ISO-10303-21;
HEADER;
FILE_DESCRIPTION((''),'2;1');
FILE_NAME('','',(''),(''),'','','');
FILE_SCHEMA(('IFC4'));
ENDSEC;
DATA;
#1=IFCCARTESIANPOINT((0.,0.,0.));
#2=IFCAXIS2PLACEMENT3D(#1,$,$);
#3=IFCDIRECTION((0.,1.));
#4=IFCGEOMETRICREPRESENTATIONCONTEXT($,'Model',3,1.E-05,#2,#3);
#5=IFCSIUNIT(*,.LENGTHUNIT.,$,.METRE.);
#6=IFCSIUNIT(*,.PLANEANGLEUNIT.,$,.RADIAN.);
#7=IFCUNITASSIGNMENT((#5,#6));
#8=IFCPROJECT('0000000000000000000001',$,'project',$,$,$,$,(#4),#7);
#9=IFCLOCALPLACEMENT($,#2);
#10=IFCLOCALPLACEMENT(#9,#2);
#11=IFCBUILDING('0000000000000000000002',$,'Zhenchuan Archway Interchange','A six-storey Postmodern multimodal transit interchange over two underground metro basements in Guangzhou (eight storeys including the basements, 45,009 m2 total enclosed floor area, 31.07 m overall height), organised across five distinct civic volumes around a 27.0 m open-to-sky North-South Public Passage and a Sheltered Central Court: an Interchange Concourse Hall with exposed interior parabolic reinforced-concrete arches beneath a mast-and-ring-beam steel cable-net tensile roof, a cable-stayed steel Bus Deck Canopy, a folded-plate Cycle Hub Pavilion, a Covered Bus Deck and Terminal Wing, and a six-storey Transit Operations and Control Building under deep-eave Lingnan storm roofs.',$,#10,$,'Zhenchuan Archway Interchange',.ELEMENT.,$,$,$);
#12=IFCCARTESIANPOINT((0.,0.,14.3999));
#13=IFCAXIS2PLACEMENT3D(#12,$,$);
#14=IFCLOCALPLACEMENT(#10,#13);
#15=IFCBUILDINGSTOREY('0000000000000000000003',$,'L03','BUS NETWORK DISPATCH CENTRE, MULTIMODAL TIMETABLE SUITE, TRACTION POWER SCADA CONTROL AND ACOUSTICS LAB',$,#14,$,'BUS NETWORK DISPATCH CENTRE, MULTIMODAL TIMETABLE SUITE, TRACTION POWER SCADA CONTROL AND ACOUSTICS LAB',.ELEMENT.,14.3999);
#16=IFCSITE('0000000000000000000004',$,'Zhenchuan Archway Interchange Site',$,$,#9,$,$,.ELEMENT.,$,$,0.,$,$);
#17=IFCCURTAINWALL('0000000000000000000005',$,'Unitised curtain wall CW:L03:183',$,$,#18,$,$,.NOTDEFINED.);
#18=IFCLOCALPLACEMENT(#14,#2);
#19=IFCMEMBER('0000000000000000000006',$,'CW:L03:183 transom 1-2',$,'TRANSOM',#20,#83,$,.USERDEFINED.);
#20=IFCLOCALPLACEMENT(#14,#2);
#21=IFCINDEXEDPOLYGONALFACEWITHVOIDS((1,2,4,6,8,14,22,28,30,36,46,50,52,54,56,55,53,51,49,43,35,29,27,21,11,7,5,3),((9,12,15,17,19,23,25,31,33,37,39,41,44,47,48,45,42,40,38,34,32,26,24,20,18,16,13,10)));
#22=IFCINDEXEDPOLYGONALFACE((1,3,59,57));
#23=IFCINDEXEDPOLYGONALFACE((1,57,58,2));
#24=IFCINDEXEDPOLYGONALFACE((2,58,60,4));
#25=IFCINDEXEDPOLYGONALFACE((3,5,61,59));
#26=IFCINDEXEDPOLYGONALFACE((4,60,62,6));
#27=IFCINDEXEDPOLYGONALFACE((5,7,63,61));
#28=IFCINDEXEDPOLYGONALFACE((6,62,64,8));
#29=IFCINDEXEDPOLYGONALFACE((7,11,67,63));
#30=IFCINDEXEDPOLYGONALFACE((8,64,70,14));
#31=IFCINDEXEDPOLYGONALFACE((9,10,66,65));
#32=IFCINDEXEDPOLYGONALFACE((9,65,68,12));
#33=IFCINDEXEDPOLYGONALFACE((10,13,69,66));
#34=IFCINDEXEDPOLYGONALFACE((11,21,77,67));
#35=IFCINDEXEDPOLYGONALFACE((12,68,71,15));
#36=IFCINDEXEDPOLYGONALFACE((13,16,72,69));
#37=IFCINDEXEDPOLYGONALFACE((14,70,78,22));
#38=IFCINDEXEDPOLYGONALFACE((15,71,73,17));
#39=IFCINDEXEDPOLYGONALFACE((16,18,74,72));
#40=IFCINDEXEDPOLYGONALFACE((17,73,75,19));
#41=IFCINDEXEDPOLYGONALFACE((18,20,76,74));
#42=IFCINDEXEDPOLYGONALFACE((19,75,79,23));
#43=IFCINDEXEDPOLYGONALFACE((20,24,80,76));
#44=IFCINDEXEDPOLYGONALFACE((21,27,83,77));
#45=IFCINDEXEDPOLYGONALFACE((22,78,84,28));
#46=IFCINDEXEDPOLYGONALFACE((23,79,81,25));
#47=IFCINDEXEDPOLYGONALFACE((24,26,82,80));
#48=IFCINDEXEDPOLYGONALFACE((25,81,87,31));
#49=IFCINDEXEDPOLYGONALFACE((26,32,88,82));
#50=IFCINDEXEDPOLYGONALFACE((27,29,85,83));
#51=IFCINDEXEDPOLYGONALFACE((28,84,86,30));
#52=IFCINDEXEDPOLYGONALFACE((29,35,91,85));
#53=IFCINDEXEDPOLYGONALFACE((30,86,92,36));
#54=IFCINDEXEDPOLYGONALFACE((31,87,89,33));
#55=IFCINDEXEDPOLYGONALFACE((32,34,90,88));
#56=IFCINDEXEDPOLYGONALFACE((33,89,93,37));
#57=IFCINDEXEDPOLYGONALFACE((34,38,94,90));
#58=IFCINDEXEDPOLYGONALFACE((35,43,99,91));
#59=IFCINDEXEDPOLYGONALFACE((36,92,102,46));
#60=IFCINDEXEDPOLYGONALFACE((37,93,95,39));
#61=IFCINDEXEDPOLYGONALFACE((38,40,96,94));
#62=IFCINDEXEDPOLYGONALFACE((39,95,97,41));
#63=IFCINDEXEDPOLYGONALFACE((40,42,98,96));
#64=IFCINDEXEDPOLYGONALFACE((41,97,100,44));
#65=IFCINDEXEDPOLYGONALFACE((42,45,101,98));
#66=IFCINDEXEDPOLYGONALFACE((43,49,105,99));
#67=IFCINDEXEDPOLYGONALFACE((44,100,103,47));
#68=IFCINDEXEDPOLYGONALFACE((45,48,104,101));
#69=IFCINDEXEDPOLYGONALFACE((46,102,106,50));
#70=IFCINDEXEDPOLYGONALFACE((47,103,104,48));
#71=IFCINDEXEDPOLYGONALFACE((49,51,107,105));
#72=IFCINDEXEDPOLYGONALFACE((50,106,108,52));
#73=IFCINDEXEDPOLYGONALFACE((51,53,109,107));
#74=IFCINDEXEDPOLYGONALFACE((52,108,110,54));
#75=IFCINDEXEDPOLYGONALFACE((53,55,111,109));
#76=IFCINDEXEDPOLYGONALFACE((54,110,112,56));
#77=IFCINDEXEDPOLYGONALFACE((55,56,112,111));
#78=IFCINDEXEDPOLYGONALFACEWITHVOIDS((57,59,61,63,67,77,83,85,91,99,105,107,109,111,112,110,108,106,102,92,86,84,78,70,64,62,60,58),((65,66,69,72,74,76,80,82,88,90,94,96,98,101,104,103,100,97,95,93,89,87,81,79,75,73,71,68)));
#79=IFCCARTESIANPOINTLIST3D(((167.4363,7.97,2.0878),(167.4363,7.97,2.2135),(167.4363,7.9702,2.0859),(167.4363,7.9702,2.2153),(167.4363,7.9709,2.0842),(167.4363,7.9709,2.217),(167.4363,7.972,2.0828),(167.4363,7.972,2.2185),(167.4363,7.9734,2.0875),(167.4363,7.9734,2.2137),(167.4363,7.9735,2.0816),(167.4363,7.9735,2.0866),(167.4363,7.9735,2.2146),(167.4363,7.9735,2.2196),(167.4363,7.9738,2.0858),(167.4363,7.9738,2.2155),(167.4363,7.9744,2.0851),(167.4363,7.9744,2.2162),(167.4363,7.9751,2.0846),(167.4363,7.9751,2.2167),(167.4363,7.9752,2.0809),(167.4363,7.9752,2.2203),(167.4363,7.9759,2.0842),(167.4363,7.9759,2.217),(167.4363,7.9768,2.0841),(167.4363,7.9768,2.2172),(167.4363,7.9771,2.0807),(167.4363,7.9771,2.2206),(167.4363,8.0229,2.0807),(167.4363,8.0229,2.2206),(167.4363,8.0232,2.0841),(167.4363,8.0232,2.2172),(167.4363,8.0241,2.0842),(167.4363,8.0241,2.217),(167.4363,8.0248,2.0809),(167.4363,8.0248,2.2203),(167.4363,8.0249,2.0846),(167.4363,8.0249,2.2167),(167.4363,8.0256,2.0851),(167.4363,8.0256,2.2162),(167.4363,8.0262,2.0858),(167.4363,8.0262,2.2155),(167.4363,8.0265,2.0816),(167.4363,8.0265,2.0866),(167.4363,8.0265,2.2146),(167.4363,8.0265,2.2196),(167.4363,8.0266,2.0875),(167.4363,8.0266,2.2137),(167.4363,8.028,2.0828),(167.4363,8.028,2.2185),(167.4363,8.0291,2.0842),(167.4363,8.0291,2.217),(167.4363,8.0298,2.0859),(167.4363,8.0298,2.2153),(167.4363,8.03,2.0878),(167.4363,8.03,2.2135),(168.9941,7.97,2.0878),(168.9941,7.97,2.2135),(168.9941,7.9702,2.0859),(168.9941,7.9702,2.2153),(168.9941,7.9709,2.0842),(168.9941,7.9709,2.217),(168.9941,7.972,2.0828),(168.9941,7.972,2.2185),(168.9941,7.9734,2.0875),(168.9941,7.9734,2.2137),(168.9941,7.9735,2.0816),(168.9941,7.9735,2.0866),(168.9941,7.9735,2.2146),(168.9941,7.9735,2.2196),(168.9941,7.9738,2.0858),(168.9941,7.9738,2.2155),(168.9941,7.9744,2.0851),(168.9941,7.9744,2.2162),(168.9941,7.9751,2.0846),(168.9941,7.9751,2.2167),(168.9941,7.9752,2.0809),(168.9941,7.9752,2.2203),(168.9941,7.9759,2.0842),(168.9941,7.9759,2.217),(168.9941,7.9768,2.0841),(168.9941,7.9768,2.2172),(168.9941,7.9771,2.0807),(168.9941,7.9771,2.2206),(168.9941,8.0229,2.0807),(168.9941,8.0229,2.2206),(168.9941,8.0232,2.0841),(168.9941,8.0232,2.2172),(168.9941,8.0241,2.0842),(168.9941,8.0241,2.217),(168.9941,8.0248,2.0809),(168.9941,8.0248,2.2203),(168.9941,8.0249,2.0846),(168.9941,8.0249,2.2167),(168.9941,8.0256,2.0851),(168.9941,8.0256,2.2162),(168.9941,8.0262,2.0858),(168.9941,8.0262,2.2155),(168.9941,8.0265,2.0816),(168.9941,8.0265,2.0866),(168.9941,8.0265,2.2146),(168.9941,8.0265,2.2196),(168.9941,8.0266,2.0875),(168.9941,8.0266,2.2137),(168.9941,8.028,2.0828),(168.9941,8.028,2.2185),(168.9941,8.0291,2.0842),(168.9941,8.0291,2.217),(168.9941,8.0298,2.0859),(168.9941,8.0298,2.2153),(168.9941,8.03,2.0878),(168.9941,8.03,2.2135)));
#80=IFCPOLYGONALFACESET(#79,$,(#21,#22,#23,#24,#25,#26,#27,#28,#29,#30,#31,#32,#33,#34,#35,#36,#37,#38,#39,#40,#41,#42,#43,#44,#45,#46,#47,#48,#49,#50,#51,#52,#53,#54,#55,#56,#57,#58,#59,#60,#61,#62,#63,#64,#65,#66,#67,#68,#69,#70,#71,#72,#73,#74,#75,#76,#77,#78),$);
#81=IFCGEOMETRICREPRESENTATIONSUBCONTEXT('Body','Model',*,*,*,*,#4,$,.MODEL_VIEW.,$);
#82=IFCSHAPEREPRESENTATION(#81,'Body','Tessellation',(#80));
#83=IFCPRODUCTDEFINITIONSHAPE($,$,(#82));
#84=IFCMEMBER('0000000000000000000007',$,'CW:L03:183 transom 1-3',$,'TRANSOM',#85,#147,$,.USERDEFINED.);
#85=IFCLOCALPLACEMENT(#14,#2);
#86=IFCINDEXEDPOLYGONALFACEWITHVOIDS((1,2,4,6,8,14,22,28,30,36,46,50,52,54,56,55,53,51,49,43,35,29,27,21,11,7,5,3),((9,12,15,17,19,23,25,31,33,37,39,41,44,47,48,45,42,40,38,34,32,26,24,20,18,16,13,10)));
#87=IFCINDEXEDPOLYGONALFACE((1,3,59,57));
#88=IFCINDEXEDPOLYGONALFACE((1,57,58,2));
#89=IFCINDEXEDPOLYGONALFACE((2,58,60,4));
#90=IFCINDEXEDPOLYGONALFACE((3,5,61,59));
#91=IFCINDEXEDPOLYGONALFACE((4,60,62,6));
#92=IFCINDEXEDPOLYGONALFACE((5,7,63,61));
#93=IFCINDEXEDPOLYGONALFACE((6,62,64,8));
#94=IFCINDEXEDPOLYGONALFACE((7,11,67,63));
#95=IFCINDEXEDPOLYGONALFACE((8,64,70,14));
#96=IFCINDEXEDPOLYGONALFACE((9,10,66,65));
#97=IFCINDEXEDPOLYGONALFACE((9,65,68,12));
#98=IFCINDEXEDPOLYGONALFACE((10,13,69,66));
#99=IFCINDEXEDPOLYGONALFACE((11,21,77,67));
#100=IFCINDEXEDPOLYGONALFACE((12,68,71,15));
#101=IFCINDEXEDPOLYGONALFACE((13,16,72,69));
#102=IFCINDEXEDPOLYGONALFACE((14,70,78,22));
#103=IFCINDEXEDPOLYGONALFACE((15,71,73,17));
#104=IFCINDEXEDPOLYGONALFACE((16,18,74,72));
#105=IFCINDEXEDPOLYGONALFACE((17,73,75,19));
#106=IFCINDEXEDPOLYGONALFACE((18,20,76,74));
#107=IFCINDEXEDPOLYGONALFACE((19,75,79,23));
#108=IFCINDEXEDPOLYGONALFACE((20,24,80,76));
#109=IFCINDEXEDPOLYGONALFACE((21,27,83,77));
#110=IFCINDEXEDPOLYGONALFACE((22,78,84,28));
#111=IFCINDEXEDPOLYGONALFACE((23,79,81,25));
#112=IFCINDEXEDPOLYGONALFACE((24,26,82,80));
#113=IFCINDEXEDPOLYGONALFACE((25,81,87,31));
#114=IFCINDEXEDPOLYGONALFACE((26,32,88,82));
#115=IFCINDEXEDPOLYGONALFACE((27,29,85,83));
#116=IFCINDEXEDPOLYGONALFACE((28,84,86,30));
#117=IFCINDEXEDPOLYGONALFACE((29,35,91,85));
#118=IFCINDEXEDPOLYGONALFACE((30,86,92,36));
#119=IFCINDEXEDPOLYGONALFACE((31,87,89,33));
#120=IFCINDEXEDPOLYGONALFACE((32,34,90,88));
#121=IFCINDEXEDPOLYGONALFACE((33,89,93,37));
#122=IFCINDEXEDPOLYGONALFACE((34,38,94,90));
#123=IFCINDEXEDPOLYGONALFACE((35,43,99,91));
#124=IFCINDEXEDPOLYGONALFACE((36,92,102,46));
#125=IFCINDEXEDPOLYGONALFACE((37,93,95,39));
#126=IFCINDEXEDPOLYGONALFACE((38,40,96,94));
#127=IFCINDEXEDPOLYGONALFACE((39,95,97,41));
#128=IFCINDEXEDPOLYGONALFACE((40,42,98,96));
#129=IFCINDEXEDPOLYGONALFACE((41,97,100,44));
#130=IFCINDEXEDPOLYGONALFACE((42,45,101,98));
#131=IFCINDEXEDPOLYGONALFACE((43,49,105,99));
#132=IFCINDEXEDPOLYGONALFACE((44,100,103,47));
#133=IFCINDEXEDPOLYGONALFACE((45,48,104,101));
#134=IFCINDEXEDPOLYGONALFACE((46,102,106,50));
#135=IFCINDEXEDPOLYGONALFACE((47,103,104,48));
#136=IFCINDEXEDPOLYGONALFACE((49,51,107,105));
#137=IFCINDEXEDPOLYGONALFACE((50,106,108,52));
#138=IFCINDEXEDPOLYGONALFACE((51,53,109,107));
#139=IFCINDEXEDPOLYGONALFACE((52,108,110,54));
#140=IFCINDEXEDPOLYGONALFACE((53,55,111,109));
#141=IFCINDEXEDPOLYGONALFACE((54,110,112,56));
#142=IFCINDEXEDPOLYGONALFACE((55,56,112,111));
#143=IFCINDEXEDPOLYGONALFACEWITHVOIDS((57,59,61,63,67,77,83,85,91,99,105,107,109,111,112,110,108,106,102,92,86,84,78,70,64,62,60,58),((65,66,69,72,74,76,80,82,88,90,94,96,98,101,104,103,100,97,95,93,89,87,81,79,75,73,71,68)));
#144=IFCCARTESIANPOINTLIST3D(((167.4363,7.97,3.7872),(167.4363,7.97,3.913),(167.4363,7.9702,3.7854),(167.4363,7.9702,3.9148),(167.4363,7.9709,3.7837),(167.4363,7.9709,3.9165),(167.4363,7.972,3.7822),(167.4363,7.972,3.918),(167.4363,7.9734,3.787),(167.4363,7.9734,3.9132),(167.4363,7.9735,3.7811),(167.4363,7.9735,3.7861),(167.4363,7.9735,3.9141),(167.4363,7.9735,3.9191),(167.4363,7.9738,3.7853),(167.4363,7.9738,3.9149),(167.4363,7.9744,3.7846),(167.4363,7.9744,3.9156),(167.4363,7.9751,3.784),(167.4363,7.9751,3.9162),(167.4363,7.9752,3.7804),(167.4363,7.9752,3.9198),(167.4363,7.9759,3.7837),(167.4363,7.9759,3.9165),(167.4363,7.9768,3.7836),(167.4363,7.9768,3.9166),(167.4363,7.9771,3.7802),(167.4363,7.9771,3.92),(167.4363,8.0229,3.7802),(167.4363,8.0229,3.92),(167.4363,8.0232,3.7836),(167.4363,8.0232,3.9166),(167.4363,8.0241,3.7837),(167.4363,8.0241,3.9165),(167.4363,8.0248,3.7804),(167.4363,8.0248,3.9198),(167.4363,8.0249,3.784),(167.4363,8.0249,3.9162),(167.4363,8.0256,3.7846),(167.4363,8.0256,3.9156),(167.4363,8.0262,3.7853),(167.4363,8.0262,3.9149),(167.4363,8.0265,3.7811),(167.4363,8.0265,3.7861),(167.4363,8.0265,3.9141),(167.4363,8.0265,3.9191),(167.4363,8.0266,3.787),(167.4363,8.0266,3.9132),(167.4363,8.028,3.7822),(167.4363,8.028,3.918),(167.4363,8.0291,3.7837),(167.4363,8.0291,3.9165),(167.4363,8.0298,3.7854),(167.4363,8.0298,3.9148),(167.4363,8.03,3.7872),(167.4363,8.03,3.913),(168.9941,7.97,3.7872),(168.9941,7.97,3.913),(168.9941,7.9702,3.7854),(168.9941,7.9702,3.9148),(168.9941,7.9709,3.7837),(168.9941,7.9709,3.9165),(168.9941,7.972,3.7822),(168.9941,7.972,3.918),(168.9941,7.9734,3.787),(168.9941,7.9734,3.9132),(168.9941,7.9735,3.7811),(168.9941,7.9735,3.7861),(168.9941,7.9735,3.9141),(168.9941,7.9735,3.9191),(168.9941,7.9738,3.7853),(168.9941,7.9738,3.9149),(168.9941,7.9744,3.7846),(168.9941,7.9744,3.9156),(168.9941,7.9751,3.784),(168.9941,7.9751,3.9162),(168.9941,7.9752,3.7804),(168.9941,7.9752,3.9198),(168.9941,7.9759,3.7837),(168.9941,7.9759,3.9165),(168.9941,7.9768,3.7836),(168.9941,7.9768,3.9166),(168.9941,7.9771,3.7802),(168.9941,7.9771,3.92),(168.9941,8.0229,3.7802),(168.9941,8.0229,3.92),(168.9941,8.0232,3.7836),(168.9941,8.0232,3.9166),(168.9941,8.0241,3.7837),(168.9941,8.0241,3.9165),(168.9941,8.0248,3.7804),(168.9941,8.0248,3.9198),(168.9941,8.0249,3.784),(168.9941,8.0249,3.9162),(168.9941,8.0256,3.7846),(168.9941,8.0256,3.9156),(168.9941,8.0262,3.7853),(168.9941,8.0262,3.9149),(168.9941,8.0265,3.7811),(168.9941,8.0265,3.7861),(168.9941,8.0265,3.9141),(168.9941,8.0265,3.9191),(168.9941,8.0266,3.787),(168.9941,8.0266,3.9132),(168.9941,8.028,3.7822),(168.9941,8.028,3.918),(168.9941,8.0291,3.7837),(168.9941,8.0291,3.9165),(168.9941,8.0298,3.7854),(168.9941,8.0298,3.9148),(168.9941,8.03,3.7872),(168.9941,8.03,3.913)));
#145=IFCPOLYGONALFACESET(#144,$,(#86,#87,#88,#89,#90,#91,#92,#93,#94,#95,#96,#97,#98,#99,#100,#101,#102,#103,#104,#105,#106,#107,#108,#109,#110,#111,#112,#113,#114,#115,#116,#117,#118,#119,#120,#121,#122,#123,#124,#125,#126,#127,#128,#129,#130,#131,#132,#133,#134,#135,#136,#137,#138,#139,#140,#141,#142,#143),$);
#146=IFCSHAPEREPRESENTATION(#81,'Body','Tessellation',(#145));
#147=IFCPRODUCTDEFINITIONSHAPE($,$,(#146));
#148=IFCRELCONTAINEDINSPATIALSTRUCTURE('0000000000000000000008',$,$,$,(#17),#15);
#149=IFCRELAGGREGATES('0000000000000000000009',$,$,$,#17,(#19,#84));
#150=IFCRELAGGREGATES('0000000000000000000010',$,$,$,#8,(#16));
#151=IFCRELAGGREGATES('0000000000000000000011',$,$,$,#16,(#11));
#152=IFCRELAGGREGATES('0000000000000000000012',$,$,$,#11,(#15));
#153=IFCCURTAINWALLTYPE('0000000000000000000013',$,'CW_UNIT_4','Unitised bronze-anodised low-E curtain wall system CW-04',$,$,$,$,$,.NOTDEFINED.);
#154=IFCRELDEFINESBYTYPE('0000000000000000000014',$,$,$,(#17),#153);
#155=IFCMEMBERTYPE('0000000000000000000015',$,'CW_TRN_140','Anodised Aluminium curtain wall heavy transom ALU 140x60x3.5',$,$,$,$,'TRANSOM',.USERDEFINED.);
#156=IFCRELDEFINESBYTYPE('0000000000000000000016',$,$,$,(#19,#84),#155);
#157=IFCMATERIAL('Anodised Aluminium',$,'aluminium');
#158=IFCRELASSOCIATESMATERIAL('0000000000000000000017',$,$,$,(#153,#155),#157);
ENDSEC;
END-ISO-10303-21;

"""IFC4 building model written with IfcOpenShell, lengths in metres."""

from ifc_helpers import new_model, si_unit, direction, frame, origin, origin_2d, place, context, subcontext, project, spatial, hollow_rectangle, extrude, material, material_profile, profile_set, type_object, element, aggregate, save


model = new_model("IFC4")

# Units and contexts
model_context = context("Model", 3, precision=1e-05, world=origin(), true_north=direction((0.0, 1.0)))
body_context = subcontext(model_context, "Body", "Model", "MODEL_VIEW")
ifc_project = project(units=[si_unit("LENGTHUNIT", "METRE"), si_unit("PLANEANGLEUNIT", "RADIAN")], contexts=[model_context])

# Site, building, storey
site_placement = place(None, origin())
site = spatial("IfcSite", under=ifc_project, at=site_placement, Name="Zhenchuan Archway Interchange Site", CompositionType="ELEMENT", RefElevation=0.0)
building_placement = place(site_placement, origin())
building = spatial("IfcBuilding", under=site, at=building_placement, Name="Zhenchuan Archway Interchange", Description="A six-storey Postmodern multimodal transit interchange over two underground metro basements in Guangzhou (eight storeys including the basements, 45,009 m2 total enclosed floor area, 31.07 m overall height), organised across five distinct civic volumes around a 27.0 m open-to-sky North-South Public Passage and a Sheltered Central Court: an Interchange Concourse Hall with exposed interior parabolic reinforced-concrete arches beneath a mast-and-ring-beam steel cable-net tensile roof, a cable-stayed steel Bus Deck Canopy, a folded-plate Cycle Hub Pavilion, a Covered Bus Deck and Terminal Wing, and a six-storey Transit Operations and Control Building under deep-eave Lingnan storm roofs.", LongName="Zhenchuan Archway Interchange", CompositionType="ELEMENT")
storey_placement = place(building_placement, frame((0.0, 0.0, 14.3999)))
storey = spatial("IfcBuildingStorey", under=building, at=storey_placement, Name="L03", Description="BUS NETWORK DISPATCH CENTRE, MULTIMODAL TIMETABLE SUITE, TRACTION POWER SCADA CONTROL AND ACOUSTICS LAB", LongName="BUS NETWORK DISPATCH CENTRE, MULTIMODAL TIMETABLE SUITE, TRACTION POWER SCADA CONTROL AND ACOUSTICS LAB", CompositionType="ELEMENT", Elevation=14.3999)

# Curtain wall, members
ifc_material_1 = material(Name="Anodised Aluminium", Category="aluminium")
curtain_wall_type = type_object("IfcCurtainWallType", Name="CW_UNIT_4", Description="Unitised bronze-anodised low-E curtain wall system CW-04", PredefinedType="NOTDEFINED", material=ifc_material_1)
curtain_wall_placement = place(storey_placement, origin())
curtain_wall = element("IfcCurtainWall", 1, at=curtain_wall_placement, inside=storey, type_object=curtain_wall_type, Name="Unitised curtain wall CW:L03:183", PredefinedType="NOTDEFINED")
ifc_material_profile_1 = material_profile(ifc_material_1, hollow_rectangle(XDim=0.0601, YDim=0.1399, WallThickness=0.0034, InnerFilletRadius=0.0034, OuterFilletRadius=0.0071, at=origin_2d()), Name="ALU 140x60x3.5")
ifc_profile_set_1 = profile_set([ifc_material_profile_1], Name="Anodised Aluminium")
member_type_1 = type_object("IfcMemberType", Name="CW_TRN_140", Description="Anodised Aluminium curtain wall heavy transom ALU 140x60x3.5", ElementType="TRANSOM", PredefinedType="USERDEFINED", material=ifc_profile_set_1)
member_1_placement = place(storey_placement, frame((168.9941, 8.0, 2.1506), z_axis=(-1.0, 0.0, 0.0), x_axis=(0.0, -1.0, 0.0)))
member_1 = element("IfcMember", 2, at=member_1_placement, type_object=member_type_1, Name="CW:L03:183 transom 1-2", ObjectType="TRANSOM", PredefinedType="USERDEFINED", context=body_context, shape_type="SweptSolid", body=[
    extrude(hollow_rectangle(XDim=0.0601, YDim=0.1399, WallThickness=0.0034, InnerFilletRadius=0.0034, OuterFilletRadius=0.0071, at=origin_2d()), origin(), (0.0, 0.0, 1.0), 1.5579),
])
member_2_placement = place(storey_placement, frame((168.9941, 8.0, 3.8501), z_axis=(-1.0, 0.0, 0.0), x_axis=(0.0, -1.0, 0.0)))
member_2 = element("IfcMember", 3, at=member_2_placement, type_object=member_type_1, Name="CW:L03:183 transom 1-3", ObjectType="TRANSOM", PredefinedType="USERDEFINED", context=body_context, shape_type="SweptSolid", body=[
    extrude(hollow_rectangle(XDim=0.0601, YDim=0.1399, WallThickness=0.0034, InnerFilletRadius=0.0034, OuterFilletRadius=0.0071, at=origin_2d()), origin(), (0.0, 0.0, 1.0), 1.5579),
])

aggregate(curtain_wall, [member_1, member_2])

save(model, "model.ifc")
